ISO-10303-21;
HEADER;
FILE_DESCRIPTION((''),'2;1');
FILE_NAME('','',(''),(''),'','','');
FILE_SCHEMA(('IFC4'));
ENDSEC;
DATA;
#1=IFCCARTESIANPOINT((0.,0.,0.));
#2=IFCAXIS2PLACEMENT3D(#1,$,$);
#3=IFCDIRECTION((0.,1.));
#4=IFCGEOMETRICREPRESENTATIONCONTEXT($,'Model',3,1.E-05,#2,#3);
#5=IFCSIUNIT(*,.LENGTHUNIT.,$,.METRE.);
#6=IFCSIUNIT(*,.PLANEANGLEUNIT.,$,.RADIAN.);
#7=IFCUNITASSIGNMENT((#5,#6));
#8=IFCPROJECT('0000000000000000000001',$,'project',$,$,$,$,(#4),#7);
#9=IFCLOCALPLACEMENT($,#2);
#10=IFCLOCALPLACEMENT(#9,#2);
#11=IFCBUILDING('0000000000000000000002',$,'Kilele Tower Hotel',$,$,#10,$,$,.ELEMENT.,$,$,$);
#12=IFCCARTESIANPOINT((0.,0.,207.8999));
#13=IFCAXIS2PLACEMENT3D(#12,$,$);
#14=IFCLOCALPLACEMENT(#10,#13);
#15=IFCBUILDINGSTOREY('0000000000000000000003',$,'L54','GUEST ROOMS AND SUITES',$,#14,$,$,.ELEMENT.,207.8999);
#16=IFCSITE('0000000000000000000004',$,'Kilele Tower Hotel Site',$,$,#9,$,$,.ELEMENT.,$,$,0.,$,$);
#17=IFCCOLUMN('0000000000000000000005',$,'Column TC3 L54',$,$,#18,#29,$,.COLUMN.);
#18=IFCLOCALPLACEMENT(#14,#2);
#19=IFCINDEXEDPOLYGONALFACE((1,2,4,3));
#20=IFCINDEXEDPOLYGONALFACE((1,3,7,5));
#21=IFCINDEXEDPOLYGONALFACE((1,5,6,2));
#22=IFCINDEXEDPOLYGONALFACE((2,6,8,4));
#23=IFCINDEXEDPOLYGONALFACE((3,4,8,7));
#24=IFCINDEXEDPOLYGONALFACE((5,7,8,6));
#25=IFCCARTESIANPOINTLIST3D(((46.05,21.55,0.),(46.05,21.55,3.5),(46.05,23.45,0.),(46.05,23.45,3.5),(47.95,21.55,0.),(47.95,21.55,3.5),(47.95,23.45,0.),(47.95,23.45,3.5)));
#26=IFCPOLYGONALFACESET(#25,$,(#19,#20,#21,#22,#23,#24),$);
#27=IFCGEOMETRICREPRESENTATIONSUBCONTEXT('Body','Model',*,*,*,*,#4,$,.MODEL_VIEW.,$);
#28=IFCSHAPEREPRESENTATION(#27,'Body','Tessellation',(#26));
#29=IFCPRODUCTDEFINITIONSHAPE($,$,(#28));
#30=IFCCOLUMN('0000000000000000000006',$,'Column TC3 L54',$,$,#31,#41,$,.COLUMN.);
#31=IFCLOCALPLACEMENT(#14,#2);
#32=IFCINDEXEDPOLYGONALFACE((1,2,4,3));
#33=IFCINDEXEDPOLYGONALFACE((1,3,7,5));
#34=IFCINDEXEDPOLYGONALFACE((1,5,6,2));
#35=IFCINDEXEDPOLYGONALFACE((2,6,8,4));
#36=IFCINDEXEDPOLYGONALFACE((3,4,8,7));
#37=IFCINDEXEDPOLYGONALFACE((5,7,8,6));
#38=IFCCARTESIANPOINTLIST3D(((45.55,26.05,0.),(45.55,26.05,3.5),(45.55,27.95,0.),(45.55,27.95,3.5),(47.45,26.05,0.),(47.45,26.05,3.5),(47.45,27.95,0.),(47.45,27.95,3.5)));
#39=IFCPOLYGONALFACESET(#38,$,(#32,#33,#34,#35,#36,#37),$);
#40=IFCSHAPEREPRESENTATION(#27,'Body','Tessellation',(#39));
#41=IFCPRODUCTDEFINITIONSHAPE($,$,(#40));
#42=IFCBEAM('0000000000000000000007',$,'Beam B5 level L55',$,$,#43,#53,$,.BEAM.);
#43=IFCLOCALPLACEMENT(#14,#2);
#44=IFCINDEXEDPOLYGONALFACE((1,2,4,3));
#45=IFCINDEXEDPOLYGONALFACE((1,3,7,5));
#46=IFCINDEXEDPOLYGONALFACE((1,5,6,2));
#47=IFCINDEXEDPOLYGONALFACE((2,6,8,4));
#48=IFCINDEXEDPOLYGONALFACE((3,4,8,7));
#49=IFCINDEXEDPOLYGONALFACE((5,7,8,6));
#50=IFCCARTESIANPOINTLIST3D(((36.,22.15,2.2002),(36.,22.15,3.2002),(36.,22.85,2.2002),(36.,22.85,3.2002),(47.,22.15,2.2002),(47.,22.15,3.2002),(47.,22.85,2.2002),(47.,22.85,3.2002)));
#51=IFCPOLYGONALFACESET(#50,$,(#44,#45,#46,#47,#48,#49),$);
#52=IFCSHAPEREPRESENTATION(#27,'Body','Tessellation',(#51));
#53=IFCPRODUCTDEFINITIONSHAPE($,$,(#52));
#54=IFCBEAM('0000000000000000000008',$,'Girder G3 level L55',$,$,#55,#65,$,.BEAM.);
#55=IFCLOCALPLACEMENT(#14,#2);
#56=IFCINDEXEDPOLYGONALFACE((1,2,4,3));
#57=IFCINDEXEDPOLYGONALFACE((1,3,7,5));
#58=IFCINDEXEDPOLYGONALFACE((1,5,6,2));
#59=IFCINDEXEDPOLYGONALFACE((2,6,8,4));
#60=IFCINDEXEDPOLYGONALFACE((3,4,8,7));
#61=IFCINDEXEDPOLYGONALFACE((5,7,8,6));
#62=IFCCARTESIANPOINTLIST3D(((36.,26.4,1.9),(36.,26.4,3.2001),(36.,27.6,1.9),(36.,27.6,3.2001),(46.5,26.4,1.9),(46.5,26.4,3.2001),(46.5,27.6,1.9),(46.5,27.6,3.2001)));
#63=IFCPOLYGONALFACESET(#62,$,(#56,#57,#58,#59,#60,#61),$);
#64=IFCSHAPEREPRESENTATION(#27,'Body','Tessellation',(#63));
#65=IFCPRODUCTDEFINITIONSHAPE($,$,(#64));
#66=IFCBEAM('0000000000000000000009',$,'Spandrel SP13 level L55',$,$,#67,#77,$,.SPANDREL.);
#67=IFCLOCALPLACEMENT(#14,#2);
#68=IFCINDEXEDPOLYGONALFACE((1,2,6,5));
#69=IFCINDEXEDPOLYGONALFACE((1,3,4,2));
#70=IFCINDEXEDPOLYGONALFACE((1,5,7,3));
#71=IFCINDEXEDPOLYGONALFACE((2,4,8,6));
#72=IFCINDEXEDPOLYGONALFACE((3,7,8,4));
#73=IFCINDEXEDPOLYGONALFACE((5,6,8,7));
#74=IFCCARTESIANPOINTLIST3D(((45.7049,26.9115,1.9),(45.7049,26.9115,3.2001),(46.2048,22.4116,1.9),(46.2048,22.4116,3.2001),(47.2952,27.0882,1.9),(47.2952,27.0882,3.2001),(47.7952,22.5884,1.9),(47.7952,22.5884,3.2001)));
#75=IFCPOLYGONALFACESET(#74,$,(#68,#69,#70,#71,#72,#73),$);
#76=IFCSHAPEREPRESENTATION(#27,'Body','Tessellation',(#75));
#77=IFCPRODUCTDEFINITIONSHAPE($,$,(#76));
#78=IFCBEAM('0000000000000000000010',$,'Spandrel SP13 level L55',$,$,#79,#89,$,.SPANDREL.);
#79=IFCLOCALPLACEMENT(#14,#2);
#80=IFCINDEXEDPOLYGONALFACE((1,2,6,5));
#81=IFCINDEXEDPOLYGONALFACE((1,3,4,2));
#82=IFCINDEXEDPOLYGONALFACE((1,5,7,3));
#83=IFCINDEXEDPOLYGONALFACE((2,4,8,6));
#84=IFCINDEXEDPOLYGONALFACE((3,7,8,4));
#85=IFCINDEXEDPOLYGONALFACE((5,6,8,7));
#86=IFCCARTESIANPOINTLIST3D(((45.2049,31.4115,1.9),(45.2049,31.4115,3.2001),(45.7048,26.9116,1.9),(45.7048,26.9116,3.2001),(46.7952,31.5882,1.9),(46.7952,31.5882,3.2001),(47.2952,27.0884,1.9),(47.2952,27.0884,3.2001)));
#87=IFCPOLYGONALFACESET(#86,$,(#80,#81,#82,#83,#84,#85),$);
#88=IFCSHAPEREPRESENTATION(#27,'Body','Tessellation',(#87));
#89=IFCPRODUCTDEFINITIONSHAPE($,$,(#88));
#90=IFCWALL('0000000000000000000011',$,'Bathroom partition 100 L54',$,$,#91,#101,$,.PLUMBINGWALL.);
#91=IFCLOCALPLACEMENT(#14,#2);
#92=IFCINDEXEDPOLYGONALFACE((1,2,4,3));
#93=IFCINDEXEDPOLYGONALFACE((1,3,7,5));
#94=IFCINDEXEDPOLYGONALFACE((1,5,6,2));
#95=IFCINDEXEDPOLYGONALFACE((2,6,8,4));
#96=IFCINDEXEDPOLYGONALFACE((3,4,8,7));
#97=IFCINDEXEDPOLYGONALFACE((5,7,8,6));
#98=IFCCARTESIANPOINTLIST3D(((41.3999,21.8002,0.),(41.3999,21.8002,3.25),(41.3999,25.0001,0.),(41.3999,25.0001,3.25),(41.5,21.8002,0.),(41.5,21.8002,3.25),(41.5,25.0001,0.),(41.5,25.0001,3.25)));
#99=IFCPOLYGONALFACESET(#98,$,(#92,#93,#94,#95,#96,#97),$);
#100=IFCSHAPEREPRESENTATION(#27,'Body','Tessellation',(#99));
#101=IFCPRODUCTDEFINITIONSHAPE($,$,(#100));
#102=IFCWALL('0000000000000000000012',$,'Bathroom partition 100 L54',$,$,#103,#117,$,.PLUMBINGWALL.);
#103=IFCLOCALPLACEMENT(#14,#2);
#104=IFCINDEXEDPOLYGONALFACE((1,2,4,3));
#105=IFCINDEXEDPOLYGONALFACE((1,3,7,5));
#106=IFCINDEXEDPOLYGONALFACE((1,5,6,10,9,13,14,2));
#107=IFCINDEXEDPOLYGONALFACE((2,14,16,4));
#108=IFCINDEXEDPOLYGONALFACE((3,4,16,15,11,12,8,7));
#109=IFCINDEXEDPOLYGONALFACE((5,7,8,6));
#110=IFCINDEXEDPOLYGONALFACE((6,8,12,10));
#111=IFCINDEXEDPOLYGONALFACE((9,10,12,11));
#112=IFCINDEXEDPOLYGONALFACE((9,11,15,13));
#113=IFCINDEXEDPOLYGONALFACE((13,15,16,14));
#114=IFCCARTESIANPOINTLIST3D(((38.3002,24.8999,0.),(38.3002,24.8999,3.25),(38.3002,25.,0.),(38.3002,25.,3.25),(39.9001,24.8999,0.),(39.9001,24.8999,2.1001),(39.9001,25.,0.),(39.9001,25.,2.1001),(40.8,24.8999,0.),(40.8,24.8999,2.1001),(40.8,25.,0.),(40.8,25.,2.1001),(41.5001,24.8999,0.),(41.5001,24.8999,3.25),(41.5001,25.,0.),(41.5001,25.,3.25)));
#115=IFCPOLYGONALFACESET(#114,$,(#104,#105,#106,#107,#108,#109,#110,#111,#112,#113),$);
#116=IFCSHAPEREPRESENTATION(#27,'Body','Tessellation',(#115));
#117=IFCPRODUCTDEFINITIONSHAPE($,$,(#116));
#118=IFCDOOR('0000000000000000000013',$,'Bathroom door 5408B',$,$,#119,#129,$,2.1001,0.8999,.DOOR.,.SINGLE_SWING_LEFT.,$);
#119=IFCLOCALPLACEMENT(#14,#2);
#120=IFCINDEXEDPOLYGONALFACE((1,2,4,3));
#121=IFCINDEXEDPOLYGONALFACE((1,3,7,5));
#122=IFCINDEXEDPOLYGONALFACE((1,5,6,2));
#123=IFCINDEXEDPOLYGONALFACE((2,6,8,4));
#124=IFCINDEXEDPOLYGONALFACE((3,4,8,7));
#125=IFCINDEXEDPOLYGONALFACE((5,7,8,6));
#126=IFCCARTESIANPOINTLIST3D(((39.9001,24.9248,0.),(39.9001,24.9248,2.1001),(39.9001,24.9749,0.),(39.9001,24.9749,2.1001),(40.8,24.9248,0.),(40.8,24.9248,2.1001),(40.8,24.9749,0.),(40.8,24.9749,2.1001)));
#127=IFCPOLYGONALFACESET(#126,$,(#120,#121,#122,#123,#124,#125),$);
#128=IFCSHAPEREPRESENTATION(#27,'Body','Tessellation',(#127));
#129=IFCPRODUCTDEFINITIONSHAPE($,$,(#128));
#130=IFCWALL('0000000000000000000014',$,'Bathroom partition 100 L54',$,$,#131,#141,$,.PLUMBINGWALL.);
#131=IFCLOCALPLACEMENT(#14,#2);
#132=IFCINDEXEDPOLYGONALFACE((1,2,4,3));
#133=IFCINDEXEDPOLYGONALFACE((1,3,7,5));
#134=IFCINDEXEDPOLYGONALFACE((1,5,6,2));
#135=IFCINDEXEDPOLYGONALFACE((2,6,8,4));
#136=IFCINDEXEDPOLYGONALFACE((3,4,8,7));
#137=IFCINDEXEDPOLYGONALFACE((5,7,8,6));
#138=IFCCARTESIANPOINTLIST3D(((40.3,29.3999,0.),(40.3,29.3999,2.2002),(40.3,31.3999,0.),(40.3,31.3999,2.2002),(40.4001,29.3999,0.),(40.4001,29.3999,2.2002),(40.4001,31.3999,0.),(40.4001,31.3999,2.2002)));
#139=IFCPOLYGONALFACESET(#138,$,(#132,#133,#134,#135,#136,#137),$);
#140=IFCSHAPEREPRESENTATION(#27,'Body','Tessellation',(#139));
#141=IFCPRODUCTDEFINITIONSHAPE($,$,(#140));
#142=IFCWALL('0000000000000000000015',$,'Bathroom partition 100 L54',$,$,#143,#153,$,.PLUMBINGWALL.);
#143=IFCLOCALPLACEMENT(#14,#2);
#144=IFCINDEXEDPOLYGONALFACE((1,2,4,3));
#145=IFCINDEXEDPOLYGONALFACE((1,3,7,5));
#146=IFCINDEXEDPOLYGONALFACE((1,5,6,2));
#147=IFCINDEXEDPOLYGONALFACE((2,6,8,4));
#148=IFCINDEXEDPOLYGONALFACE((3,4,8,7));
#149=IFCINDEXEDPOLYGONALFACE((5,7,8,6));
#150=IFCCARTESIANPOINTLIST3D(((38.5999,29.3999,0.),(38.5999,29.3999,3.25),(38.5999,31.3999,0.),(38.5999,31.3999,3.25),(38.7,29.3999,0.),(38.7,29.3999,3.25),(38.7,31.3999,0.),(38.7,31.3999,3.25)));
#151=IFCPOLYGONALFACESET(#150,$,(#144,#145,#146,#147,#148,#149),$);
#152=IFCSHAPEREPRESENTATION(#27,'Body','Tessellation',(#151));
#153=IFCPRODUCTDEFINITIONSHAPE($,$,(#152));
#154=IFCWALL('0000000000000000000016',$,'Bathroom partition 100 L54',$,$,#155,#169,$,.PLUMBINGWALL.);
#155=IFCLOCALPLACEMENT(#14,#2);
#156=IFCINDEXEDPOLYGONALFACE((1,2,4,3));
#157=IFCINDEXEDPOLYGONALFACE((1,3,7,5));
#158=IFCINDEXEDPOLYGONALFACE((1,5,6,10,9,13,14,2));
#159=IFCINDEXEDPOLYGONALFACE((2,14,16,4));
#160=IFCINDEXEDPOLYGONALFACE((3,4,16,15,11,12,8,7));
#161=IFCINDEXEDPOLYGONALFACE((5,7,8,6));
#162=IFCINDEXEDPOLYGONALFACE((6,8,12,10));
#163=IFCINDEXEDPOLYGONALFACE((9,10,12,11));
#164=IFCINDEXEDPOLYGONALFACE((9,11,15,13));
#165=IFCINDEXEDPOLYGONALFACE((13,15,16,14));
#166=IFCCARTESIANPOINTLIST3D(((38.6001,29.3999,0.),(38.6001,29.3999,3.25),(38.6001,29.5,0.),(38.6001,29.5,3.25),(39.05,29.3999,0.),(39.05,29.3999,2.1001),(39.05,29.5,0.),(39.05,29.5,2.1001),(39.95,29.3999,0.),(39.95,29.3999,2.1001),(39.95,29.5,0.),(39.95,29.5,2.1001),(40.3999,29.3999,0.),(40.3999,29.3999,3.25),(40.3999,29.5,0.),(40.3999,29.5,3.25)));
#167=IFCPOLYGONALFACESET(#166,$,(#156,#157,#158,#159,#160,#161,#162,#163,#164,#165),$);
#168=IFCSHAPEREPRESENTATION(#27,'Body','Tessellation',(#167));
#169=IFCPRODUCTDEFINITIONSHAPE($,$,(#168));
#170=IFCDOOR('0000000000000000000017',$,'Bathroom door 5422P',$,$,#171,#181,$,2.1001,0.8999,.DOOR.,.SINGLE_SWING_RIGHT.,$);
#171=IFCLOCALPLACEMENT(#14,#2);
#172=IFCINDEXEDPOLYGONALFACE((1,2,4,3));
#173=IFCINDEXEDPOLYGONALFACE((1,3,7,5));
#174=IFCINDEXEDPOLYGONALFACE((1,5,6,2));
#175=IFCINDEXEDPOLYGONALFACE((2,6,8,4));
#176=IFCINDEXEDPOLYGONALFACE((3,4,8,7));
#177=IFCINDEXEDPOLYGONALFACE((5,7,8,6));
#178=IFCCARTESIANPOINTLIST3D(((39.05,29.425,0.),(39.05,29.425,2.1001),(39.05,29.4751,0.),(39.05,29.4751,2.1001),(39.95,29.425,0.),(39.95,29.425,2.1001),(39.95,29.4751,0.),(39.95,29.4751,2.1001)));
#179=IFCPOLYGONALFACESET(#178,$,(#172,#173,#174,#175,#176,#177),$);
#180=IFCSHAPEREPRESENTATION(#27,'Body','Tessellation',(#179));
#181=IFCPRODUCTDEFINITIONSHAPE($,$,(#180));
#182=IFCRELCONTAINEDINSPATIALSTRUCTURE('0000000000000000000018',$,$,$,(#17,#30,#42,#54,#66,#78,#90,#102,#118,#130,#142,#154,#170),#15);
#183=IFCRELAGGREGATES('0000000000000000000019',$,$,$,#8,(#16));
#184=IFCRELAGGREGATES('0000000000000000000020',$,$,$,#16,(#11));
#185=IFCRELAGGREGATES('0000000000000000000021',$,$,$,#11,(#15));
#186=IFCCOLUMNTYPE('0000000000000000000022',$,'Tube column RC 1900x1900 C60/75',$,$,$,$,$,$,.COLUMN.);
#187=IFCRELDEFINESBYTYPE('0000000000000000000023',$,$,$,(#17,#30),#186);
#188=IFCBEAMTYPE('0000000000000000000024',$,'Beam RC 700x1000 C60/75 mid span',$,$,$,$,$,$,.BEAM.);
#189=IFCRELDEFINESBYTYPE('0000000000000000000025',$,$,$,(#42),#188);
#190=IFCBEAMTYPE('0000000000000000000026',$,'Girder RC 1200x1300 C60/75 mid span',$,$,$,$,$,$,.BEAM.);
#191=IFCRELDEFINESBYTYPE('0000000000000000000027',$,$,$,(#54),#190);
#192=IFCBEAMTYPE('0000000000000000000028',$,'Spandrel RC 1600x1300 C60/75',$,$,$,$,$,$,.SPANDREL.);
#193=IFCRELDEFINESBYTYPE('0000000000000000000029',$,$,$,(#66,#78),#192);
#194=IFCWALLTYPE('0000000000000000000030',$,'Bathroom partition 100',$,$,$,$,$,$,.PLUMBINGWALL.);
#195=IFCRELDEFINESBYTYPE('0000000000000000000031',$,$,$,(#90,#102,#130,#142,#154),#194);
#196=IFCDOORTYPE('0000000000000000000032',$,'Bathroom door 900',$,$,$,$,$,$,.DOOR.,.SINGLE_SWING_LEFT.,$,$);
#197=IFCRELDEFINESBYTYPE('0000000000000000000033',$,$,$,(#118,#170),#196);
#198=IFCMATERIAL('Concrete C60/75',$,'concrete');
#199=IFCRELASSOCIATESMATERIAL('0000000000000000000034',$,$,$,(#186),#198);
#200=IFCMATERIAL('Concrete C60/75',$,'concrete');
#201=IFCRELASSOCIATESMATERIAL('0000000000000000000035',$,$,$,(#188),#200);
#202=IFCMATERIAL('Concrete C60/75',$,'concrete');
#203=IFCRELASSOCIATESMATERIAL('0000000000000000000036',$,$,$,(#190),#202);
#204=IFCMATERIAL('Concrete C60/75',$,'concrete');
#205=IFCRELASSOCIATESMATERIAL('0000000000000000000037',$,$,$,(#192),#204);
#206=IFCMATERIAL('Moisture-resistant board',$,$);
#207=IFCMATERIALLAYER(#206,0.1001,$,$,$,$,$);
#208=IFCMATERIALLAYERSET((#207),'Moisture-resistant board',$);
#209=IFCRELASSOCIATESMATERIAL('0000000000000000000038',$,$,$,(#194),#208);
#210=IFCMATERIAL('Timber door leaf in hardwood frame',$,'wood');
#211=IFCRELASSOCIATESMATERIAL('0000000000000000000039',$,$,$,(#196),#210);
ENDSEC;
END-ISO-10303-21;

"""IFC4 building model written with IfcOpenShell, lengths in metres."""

from ifc_helpers import new_model, si_unit, direction, frame, frame_2d, origin, origin_2d, place, context, subcontext, project, spatial, rectangle, extrude, material, layer, layer_set, material_profile, profile_set, type_object, element, fill, save


model = new_model("IFC4")

# Units and contexts
model_context = context("Model", 3, precision=1e-05, world=origin(), true_north=direction((0.0, 1.0)))
body_context = subcontext(model_context, "Body", "Model", "MODEL_VIEW")
ifc_project = project(units=[si_unit("LENGTHUNIT", "METRE"), si_unit("PLANEANGLEUNIT", "RADIAN")], contexts=[model_context])

# Site, building, storey
site_placement = place(None, origin())
site = spatial("IfcSite", under=ifc_project, at=site_placement, Name="Kilele Tower Hotel Site", CompositionType="ELEMENT", RefElevation=0.0)
building_placement = place(site_placement, origin())
building = spatial("IfcBuilding", under=site, at=building_placement, Name="Kilele Tower Hotel", CompositionType="ELEMENT")
storey_placement = place(building_placement, frame((0.0, 0.0, 207.8999)))
storey = spatial("IfcBuildingStorey", under=building, at=storey_placement, Name="L54", Description="GUEST ROOMS AND SUITES", CompositionType="ELEMENT", Elevation=207.8999)

# Columns
ifc_material_1 = material(Name="Concrete C60/75", Category="concrete")
ifc_material_profile_1 = material_profile(ifc_material_1, rectangle(XDim=1.8999, YDim=1.8999, at=origin_2d()))
ifc_profile_set_1 = profile_set([ifc_material_profile_1], Name="Concrete C60/75")
column_type = type_object("IfcColumnType", Name="Tube column RC 1900x1900 C60/75", PredefinedType="COLUMN", material=ifc_profile_set_1)
for number, where, z_axis, x_axis, name in (
    (1, (47.0, 22.5, 0.0), (0.0, 0.0, 1.0), (1.0, 0.0, 0.0), "Column TC3 L54"),
    (2, (46.5, 27.0, 0.0), (0.0, 0.0, 1.0), (1.0, 0.0, 0.0), "Column TC3 L54"),
):
    element("IfcColumn", number, at=place(storey_placement, frame(where, z_axis=z_axis, x_axis=x_axis)), inside=storey, type_object=column_type, Name=name, PredefinedType="COLUMN", context=body_context, shape_type="SweptSolid", body=[
        extrude(rectangle(XDim=1.8999, YDim=1.8999, at=origin_2d()), origin(), (0.0, 0.0, 1.0), 3.5),
    ])

# Beams
ifc_material_2 = material(Name="Concrete C60/75", Category="concrete")
ifc_material_profile_2 = material_profile(ifc_material_2, rectangle(XDim=0.7, YDim=1.0, at=origin_2d()))
ifc_profile_set_2 = profile_set([ifc_material_profile_2], Name="Concrete C60/75")
beam_type_1 = type_object("IfcBeamType", Name="Beam RC 700x1000 C60/75 mid span", PredefinedType="BEAM", material=ifc_profile_set_2)
beam_1_placement = place(storey_placement, frame((47.0, 22.5, 2.7002), z_axis=(-1.0, 0.0, 0.0), x_axis=(0.0, -1.0, 0.0)))
element("IfcBeam", 3, at=beam_1_placement, inside=storey, type_object=beam_type_1, Name="Beam B5 level L55", PredefinedType="BEAM", context=body_context, shape_type="SweptSolid", body=[
    extrude(rectangle(XDim=0.7, YDim=1.0, at=origin_2d()), origin(), (0.0, 0.0, 1.0), 11.0),
])
ifc_material_3 = material(Name="Concrete C60/75", Category="concrete")
ifc_material_profile_3 = material_profile(ifc_material_3, rectangle(XDim=1.2, YDim=1.3, at=origin_2d()))
ifc_profile_set_3 = profile_set([ifc_material_profile_3], Name="Concrete C60/75")
beam_type_2 = type_object("IfcBeamType", Name="Girder RC 1200x1300 C60/75 mid span", PredefinedType="BEAM", material=ifc_profile_set_3)
beam_2_placement = place(storey_placement, frame((46.5, 27.0, 2.55), z_axis=(-1.0, 0.0, 0.0), x_axis=(0.0, -1.0, 0.0)))
element("IfcBeam", 4, at=beam_2_placement, inside=storey, type_object=beam_type_2, Name="Girder G3 level L55", PredefinedType="BEAM", context=body_context, shape_type="SweptSolid", body=[
    extrude(rectangle(XDim=1.2, YDim=1.3, at=origin_2d()), origin(), (0.0, 0.0, 1.0), 10.5),
])
ifc_material_4 = material(Name="Concrete C60/75", Category="concrete")
ifc_material_profile_4 = material_profile(ifc_material_4, rectangle(XDim=1.6001, YDim=1.3, at=origin_2d()))
ifc_profile_set_4 = profile_set([ifc_material_profile_4], Name="Concrete C60/75")
beam_type_3 = type_object("IfcBeamType", Name="Spandrel RC 1600x1300 C60/75", PredefinedType="SPANDREL", material=ifc_profile_set_4)
for number, where, z_axis, x_axis, name in (
    (5, (47.0, 22.5, 2.55), (-0.110432, 0.993884, 0.0), (-0.993884, -0.110432, 0.0), "Spandrel SP13 level L55"),
    (6, (46.5, 27.0, 2.55), (-0.110432, 0.993884, 0.0), (-0.993884, -0.110432, 0.0), "Spandrel SP13 level L55"),
):
    element("IfcBeam", number, at=place(storey_placement, frame(where, z_axis=z_axis, x_axis=x_axis)), inside=storey, type_object=beam_type_3, Name=name, PredefinedType="SPANDREL", context=body_context, shape_type="SweptSolid", body=[
        extrude(rectangle(XDim=1.6001, YDim=1.3, at=origin_2d()), origin(), (0.0, 0.0, 1.0), 4.5276),
    ])

# Wall
ifc_material_5 = material(Name="Moisture-resistant board")
ifc_layer_1 = layer(ifc_material_5, 0.1001)
ifc_layer_set_1 = layer_set([ifc_layer_1], Name="Moisture-resistant board")
wall_type_1 = type_object("IfcWallType", Name="Bathroom partition 100", PredefinedType="PLUMBINGWALL", material=ifc_layer_set_1)
wall_1_placement = place(storey_placement, frame((41.45, 21.8, 0.0), z_axis=(0.0, 0.0, 1.0), x_axis=(0.0, 1.0, 0.0)))
element("IfcWall", 7, at=wall_1_placement, inside=storey, type_object=wall_type_1, Name="Bathroom partition 100 L54", PredefinedType="PLUMBINGWALL", context=body_context, shape_type="SweptSolid", body=[
    extrude(rectangle(XDim=3.2, YDim=0.1001, at=frame_2d((1.6001, 0.0))), origin(), (0.0, 0.0, 1.0), 3.25),
])

# Wall, opening, door
wall_2_placement = place(storey_placement, frame((38.3, 24.95, 0.0), z_axis=(0.0, 0.0, 1.0), x_axis=(1.0, 0.0, 0.0)))
wall_2 = element("IfcWall", 8, at=wall_2_placement, inside=storey, type_object=wall_type_1, Name="Bathroom partition 100 L54", PredefinedType="PLUMBINGWALL", context=body_context, shape_type="SweptSolid", body=[
    extrude(rectangle(XDim=3.2, YDim=0.1001, at=frame_2d((1.6001, 0.0))), origin(), (0.0, 0.0, 1.0), 3.25),
])
opening_1_placement = place(wall_2_placement, frame((1.6001, 0.0, 0.0)))
opening_1 = element("IfcOpeningElement", 9, at=opening_1_placement, cuts=wall_2, PredefinedType="OPENING", context=body_context, shape_type="SweptSolid", body=[
    extrude(rectangle(XDim=0.8999, YDim=2.1001, at=frame_2d((0.45, 1.05))), frame((0.0, 0.0601, 0.0), z_axis=(0.0, -1.0, 0.0), x_axis=(1.0, 0.0, 0.0)), (0.0, 0.0, 1.0), 0.1201),
])
ifc_material_6 = material(Name="Timber door leaf in hardwood frame", Category="wood")
door_type_1 = type_object("IfcDoorType", Name="Bathroom door 900", OperationType="SINGLE_SWING_LEFT", PredefinedType="DOOR", material=ifc_material_6)
door_1_placement = place(opening_1_placement, origin())
door_1 = element("IfcDoor", 10, at=door_1_placement, inside=storey, type_object=door_type_1, Name="Bathroom door 5408B", OperationType="SINGLE_SWING_LEFT", OverallHeight=2.1001, OverallWidth=0.8999, PredefinedType="DOOR", context=body_context, shape_type="SweptSolid", body=[
    extrude(rectangle(XDim=0.8999, YDim=2.1001, at=frame_2d((0.45, 1.05))), frame((0.0, 0.0249, 0.0), z_axis=(0.0, -1.0, 0.0), x_axis=(1.0, 0.0, 0.0)), (0.0, 0.0, 1.0), 0.05),
])
fill(opening_1, door_1)

# Walls
wall_3_placement = place(storey_placement, frame((40.3501, 31.3999, 0.0), z_axis=(0.0, 0.0, 1.0), x_axis=(0.0, -1.0, 0.0)))
element("IfcWall", 11, at=wall_3_placement, inside=storey, type_object=wall_type_1, Name="Bathroom partition 100 L54", PredefinedType="PLUMBINGWALL", context=body_context, shape_type="SweptSolid", body=[
    extrude(rectangle(XDim=2.0, YDim=0.1001, at=frame_2d((1.0, 0.0))), origin(), (0.0, 0.0, 1.0), 2.2002),
])
wall_4_placement = place(storey_placement, frame((38.6499, 31.3999, 0.0), z_axis=(0.0, 0.0, 1.0), x_axis=(0.0, -1.0, 0.0)))
element("IfcWall", 12, at=wall_4_placement, inside=storey, type_object=wall_type_1, Name="Bathroom partition 100 L54", PredefinedType="PLUMBINGWALL", context=body_context, shape_type="SweptSolid", body=[
    extrude(rectangle(XDim=2.0, YDim=0.1001, at=frame_2d((1.0, 0.0))), origin(), (0.0, 0.0, 1.0), 3.25),
])

# Wall, opening, door
wall_5_placement = place(storey_placement, frame((38.6001, 29.45, 0.0), z_axis=(0.0, 0.0, 1.0), x_axis=(1.0, 0.0, 0.0)))
wall_5 = element("IfcWall", 13, at=wall_5_placement, inside=storey, type_object=wall_type_1, Name="Bathroom partition 100 L54", PredefinedType="PLUMBINGWALL", context=body_context, shape_type="SweptSolid", body=[
    extrude(rectangle(XDim=1.7998, YDim=0.1001, at=frame_2d((0.8999, 0.0))), origin(), (0.0, 0.0, 1.0), 3.25),
])
opening_2_placement = place(wall_5_placement, frame((1.3499, 0.0, 0.0), z_axis=(0.0, 0.0, 1.0), x_axis=(-1.0, 0.0, 0.0)))
opening_2 = element("IfcOpeningElement", 14, at=opening_2_placement, cuts=wall_5, PredefinedType="OPENING", context=body_context, shape_type="SweptSolid", body=[
    extrude(rectangle(XDim=0.8999, YDim=2.1001, at=frame_2d((0.45, 1.05))), frame((0.0, 0.0601, 0.0), z_axis=(0.0, -1.0, 0.0), x_axis=(1.0, 0.0, 0.0)), (0.0, 0.0, 1.0), 0.1201),
])
door_2_placement = place(opening_2_placement, origin())
door_2 = element("IfcDoor", 15, at=door_2_placement, inside=storey, type_object=door_type_1, Name="Bathroom door 5422P", OperationType="SINGLE_SWING_RIGHT", OverallHeight=2.1001, OverallWidth=0.8999, PredefinedType="DOOR", context=body_context, shape_type="SweptSolid", body=[
    extrude(rectangle(XDim=0.8999, YDim=2.1001, at=frame_2d((0.45, 1.05))), frame((0.0, 0.0249, 0.0), z_axis=(0.0, -1.0, 0.0), x_axis=(1.0, 0.0, 0.0)), (0.0, 0.0, 1.0), 0.05),
])
fill(opening_2, door_2)

save(model, "model.ifc")
